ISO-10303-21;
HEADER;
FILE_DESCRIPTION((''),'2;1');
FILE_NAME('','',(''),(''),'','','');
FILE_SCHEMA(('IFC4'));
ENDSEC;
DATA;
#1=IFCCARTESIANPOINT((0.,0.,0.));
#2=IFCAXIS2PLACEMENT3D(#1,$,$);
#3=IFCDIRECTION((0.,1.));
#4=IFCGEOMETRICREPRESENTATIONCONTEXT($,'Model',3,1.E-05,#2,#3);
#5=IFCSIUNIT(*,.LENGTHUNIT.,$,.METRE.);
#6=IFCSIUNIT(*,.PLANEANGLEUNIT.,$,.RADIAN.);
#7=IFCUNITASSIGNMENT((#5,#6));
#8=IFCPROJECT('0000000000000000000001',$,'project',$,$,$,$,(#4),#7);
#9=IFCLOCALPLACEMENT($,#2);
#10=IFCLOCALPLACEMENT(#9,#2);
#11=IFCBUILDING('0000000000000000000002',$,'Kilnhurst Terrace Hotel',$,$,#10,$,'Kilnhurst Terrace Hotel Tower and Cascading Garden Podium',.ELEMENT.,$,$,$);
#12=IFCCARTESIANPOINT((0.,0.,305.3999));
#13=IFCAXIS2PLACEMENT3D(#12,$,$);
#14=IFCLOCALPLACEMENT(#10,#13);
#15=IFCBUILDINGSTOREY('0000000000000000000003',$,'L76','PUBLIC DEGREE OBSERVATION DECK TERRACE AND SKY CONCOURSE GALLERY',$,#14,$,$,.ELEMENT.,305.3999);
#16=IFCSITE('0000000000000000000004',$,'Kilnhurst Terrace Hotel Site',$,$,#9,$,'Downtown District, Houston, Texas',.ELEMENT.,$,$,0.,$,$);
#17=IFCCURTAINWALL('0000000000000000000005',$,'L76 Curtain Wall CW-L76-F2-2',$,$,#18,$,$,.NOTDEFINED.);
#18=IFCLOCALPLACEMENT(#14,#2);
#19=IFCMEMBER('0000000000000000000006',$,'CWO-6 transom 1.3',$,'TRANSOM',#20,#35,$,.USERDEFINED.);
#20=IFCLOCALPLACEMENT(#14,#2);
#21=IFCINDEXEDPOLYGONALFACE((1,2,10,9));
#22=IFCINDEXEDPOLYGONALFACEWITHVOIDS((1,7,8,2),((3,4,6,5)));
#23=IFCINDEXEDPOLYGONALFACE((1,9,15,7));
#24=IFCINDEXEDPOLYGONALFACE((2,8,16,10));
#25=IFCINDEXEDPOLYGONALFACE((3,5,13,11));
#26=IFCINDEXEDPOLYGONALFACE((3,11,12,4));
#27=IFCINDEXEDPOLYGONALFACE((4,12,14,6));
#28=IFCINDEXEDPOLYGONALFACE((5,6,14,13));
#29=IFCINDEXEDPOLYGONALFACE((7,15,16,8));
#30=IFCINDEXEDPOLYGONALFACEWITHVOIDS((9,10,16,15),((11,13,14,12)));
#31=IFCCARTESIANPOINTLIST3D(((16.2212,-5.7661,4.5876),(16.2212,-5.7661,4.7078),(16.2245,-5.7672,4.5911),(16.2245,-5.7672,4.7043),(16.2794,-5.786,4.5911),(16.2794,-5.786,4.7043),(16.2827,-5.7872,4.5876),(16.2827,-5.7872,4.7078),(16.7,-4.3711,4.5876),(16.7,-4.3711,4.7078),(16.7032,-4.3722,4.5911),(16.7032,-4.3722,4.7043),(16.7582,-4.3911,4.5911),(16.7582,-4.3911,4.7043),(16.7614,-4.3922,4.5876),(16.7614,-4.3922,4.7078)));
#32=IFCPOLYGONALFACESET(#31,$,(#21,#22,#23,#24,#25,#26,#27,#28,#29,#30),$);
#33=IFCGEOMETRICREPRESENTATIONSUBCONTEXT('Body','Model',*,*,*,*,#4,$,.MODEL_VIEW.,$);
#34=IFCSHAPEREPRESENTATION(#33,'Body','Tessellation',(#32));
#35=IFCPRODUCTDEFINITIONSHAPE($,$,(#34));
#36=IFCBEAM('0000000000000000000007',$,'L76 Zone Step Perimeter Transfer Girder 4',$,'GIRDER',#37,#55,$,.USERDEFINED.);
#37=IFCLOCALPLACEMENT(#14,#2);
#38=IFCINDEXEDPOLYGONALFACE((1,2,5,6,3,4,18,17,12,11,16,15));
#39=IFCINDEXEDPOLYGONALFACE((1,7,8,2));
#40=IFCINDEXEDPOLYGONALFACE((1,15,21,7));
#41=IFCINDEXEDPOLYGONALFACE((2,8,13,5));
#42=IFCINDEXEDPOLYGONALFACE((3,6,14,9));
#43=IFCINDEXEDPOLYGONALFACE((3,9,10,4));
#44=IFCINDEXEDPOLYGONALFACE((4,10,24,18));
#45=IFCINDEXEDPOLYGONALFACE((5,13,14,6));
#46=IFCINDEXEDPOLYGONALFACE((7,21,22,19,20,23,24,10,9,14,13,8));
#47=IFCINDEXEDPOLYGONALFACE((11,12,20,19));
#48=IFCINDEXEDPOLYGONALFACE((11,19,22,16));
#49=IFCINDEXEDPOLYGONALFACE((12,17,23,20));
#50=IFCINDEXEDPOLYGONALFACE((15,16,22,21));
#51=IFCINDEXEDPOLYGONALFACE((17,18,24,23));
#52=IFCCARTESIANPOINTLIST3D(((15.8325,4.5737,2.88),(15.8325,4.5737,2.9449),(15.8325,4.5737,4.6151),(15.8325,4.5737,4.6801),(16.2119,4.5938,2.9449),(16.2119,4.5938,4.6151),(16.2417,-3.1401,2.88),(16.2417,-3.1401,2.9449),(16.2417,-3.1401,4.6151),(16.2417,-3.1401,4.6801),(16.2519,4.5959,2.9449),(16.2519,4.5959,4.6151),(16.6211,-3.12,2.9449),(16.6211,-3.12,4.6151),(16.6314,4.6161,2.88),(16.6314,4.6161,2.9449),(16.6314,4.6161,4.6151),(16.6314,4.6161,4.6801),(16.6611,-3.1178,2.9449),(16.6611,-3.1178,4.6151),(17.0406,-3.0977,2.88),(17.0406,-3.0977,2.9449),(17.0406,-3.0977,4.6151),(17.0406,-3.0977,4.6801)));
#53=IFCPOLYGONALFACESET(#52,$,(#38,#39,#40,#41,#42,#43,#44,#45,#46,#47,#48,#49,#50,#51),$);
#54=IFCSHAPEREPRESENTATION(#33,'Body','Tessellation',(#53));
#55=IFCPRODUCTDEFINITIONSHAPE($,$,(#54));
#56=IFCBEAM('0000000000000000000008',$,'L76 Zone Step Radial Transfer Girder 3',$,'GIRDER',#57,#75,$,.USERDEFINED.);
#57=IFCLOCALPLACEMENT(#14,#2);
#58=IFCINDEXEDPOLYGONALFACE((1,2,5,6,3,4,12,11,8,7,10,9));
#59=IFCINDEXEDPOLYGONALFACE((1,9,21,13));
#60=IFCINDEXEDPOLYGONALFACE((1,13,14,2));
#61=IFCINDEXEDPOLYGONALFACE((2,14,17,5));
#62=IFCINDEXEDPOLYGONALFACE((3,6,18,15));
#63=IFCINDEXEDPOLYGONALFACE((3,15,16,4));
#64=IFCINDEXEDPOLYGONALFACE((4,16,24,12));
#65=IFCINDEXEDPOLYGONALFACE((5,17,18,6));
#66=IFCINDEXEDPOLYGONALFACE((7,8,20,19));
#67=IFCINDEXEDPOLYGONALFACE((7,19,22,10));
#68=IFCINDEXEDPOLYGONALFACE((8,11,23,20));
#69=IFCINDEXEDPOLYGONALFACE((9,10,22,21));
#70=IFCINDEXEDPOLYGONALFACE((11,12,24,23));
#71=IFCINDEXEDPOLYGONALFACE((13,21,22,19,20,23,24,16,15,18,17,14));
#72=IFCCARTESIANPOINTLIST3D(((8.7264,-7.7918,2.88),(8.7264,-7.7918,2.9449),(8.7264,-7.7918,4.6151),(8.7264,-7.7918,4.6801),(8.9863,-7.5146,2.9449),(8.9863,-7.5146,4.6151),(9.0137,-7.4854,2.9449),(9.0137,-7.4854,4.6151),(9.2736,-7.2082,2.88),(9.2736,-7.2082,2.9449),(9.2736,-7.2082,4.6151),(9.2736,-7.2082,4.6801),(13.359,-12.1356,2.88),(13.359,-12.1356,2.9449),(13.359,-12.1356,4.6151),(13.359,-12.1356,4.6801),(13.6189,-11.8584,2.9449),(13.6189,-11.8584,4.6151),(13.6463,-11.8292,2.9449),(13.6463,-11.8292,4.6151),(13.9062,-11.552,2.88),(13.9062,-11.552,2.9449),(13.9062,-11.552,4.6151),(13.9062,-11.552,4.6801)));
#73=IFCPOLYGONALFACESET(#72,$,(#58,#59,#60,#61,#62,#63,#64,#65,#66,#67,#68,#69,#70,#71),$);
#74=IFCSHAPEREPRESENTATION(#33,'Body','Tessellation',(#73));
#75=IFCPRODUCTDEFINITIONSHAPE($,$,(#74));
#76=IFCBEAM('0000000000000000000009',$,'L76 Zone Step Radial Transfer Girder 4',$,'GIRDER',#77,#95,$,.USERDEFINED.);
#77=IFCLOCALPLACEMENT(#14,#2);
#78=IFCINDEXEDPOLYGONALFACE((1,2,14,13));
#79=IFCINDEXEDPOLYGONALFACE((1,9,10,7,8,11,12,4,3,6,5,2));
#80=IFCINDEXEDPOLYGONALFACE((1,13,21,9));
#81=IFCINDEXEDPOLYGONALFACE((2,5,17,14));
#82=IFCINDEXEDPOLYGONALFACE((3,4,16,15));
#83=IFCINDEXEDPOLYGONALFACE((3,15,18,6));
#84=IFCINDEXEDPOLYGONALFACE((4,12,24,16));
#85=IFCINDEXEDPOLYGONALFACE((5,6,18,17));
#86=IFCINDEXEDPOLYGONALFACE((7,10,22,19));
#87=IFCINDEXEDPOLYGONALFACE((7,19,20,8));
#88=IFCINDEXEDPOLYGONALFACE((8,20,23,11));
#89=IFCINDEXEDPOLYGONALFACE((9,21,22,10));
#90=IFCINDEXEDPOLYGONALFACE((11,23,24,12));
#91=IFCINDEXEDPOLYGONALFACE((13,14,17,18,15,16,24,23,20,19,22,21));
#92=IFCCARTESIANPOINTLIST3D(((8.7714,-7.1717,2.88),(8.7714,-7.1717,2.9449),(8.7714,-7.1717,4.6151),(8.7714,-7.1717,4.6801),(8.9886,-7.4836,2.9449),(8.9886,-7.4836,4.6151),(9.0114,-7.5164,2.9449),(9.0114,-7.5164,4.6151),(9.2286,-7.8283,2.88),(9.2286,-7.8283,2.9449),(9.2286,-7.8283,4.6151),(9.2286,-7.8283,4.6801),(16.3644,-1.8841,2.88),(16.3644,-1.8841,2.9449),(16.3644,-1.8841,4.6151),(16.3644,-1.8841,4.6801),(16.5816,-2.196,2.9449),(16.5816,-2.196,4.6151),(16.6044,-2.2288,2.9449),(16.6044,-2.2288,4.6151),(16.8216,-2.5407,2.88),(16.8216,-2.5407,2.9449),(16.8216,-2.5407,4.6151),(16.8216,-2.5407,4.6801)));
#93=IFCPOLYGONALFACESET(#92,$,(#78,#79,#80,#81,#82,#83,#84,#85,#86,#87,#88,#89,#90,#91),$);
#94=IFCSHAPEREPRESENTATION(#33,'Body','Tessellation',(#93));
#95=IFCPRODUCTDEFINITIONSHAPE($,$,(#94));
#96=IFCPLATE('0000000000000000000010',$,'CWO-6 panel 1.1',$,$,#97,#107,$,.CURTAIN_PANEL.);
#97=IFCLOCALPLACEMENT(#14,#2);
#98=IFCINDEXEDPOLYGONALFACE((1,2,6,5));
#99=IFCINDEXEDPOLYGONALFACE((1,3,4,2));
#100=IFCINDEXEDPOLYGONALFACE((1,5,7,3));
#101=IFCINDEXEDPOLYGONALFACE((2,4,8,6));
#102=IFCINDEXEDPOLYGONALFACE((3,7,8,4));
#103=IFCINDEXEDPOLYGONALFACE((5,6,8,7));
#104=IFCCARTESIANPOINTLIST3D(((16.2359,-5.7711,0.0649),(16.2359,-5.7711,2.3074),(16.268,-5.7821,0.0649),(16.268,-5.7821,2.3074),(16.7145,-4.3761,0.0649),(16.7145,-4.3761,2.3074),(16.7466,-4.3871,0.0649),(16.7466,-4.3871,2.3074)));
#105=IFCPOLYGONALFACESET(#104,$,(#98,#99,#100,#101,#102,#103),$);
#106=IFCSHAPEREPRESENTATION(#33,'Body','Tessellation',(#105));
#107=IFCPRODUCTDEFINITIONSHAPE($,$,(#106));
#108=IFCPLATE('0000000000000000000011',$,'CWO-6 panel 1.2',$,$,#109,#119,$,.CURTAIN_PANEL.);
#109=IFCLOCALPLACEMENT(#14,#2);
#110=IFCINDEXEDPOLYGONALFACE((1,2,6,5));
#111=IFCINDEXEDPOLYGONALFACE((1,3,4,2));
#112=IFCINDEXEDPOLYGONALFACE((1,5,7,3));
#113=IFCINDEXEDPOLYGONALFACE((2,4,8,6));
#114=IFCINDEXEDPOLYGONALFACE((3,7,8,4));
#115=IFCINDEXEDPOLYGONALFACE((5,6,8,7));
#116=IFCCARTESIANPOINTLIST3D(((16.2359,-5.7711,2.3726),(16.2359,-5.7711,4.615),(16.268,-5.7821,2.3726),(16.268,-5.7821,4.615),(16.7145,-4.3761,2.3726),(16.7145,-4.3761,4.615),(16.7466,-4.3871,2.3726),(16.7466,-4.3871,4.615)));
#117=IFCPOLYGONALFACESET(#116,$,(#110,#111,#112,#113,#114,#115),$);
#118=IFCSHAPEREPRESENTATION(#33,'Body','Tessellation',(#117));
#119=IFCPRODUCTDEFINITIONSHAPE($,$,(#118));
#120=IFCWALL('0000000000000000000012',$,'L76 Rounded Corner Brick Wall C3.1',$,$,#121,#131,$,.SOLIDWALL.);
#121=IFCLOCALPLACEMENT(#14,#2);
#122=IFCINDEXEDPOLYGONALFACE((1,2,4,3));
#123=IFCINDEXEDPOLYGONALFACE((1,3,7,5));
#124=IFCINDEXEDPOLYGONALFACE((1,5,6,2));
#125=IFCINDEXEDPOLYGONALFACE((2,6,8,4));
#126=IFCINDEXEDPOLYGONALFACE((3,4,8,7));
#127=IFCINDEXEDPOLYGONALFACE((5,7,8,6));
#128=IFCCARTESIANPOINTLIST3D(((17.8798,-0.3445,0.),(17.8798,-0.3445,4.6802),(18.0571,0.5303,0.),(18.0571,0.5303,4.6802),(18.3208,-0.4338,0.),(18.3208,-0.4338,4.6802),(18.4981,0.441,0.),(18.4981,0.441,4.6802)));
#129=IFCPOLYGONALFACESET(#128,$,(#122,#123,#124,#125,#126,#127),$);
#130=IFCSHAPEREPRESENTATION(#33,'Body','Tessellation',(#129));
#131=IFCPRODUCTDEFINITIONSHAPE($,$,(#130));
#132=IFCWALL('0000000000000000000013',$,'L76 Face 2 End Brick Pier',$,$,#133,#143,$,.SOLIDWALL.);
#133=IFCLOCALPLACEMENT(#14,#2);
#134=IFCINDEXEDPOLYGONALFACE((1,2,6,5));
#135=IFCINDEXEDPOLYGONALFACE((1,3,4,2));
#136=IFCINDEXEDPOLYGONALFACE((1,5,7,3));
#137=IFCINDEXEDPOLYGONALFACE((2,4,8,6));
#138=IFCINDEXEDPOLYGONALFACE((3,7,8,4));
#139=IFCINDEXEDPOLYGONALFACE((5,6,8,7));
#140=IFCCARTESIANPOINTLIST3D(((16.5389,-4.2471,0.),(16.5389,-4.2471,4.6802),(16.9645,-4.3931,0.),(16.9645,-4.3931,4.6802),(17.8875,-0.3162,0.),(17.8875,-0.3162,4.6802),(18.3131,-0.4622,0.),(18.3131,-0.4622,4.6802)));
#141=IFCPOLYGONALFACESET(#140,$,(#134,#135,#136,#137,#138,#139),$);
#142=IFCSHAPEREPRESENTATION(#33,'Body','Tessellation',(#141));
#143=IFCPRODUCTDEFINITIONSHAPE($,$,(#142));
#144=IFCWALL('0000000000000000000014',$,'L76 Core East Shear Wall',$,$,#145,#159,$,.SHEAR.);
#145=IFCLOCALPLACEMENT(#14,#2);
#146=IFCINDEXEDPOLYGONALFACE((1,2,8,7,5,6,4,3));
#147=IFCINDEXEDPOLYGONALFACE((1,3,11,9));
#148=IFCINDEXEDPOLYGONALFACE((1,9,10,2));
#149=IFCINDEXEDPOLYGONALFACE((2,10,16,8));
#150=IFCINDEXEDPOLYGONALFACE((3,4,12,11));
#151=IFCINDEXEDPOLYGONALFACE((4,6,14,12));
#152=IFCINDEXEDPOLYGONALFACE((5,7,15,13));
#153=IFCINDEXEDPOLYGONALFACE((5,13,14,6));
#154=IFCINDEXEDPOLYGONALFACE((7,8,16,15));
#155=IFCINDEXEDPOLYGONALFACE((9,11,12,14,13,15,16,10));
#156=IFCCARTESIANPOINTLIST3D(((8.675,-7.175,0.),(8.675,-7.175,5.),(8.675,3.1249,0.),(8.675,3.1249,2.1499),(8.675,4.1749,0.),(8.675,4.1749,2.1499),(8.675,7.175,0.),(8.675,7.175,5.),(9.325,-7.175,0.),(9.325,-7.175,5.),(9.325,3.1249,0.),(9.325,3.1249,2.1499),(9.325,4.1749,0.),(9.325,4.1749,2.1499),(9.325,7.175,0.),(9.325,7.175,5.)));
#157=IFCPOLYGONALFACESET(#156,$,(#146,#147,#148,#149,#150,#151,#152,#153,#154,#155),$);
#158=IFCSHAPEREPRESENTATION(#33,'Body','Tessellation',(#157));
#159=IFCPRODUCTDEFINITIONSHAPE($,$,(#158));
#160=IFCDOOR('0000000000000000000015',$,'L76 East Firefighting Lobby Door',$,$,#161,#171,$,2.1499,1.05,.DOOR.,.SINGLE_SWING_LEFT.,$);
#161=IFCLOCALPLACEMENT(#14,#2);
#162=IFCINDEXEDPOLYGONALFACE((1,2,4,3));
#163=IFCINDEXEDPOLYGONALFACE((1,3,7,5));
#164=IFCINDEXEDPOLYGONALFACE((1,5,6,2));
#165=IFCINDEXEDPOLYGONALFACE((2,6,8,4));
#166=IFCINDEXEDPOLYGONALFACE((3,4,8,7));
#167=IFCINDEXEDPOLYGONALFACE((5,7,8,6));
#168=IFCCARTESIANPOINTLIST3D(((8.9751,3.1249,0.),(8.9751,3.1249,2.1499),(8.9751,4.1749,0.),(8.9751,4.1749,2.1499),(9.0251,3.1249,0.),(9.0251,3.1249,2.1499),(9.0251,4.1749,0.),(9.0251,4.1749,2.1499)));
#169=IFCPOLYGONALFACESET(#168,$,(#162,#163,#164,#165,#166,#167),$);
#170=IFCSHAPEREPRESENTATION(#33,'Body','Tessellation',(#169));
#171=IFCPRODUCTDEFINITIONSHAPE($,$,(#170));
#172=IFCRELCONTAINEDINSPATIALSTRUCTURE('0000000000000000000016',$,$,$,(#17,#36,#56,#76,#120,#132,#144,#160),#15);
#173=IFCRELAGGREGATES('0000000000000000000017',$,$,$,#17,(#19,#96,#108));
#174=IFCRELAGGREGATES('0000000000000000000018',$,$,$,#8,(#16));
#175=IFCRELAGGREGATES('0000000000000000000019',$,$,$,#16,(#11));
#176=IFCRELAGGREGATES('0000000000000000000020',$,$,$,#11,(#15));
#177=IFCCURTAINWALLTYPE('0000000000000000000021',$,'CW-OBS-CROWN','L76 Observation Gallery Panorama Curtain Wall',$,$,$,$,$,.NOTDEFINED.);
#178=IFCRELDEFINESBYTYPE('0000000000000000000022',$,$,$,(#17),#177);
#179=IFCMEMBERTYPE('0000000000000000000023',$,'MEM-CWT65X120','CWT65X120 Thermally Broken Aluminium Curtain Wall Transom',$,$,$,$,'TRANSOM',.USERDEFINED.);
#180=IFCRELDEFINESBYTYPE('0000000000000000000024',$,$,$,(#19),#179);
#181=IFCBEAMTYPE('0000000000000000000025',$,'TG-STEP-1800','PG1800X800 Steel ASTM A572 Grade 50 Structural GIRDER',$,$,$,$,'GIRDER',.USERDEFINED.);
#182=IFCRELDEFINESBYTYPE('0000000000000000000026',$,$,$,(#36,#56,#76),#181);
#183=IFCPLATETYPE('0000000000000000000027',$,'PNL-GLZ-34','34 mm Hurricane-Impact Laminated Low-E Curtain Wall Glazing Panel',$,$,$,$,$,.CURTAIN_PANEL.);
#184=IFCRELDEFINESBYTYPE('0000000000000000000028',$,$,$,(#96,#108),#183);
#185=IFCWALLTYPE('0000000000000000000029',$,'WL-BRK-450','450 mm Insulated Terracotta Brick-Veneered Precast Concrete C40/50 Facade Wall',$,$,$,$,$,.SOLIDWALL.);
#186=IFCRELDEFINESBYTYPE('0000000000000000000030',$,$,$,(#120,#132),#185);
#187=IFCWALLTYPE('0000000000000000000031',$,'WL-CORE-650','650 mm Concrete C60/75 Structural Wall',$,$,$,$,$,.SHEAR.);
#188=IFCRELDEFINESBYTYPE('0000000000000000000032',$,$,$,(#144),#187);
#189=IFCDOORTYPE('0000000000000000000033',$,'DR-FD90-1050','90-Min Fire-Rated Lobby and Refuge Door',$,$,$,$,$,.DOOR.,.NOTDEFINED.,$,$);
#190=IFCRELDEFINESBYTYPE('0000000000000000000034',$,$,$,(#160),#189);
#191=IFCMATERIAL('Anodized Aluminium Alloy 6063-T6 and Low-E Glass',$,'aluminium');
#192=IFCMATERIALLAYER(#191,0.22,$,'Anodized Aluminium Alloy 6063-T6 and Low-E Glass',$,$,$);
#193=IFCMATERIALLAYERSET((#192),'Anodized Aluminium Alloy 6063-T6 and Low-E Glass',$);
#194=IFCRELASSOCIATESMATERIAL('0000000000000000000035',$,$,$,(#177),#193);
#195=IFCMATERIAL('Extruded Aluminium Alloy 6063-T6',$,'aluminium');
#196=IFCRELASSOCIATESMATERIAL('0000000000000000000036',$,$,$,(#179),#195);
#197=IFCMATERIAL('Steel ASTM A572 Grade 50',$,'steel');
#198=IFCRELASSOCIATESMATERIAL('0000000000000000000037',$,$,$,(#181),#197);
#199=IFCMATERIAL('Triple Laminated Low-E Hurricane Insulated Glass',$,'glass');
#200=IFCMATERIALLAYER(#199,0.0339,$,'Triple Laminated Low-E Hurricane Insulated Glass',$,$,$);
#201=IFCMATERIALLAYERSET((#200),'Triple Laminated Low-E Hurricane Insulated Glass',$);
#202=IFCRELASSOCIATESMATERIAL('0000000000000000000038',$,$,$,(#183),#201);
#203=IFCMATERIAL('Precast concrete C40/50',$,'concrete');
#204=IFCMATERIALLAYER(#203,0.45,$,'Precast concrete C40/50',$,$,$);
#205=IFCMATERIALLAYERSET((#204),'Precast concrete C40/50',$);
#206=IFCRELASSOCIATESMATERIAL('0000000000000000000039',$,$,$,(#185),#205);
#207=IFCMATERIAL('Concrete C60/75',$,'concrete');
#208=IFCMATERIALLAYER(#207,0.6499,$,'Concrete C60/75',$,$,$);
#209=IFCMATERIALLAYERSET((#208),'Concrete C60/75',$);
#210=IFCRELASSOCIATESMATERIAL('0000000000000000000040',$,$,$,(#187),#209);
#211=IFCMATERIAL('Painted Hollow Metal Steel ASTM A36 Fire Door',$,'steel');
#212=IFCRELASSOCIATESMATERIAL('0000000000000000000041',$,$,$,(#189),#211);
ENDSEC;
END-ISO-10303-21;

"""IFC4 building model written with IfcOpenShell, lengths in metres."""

from ifc_helpers import new_model, si_unit, direction, frame, frame_2d, origin, origin_2d, place, context, subcontext, project, spatial, rectangle, hollow_rectangle, i_section, extrude, material, layer, layer_set, material_profile, profile_set, type_object, element, fill, aggregate, save


model = new_model("IFC4")

# Units and contexts
model_context = context("Model", 3, precision=1e-05, world=origin(), true_north=direction((0.0, 1.0)))
body_context = subcontext(model_context, "Body", "Model", "MODEL_VIEW")
ifc_project = project(units=[si_unit("LENGTHUNIT", "METRE"), si_unit("PLANEANGLEUNIT", "RADIAN")], contexts=[model_context])

# Site, building, storey
site_placement = place(None, origin())
site = spatial("IfcSite", under=ifc_project, at=site_placement, Name="Kilnhurst Terrace Hotel Site", LongName="Downtown District, Houston, Texas", CompositionType="ELEMENT", RefElevation=0.0)
building_placement = place(site_placement, origin())
building = spatial("IfcBuilding", under=site, at=building_placement, Name="Kilnhurst Terrace Hotel", LongName="Kilnhurst Terrace Hotel Tower and Cascading Garden Podium", CompositionType="ELEMENT")
storey_placement = place(building_placement, frame((0.0, 0.0, 305.3999)))
storey = spatial("IfcBuildingStorey", under=building, at=storey_placement, Name="L76", Description="PUBLIC DEGREE OBSERVATION DECK TERRACE AND SKY CONCOURSE GALLERY", CompositionType="ELEMENT", Elevation=305.3999)

# Shared definitions
ifc_material_1 = material(Name="Concrete C60/75", Category="concrete")

# Curtain wall, member
ifc_material_2 = material(Name="Anodized Aluminium Alloy 6063-T6 and Low-E Glass", Category="aluminium")
ifc_layer_1 = layer(ifc_material_2, 0.22, Name="Anodized Aluminium Alloy 6063-T6 and Low-E Glass")
ifc_layer_set_1 = layer_set([ifc_layer_1], Name="Anodized Aluminium Alloy 6063-T6 and Low-E Glass")
curtain_wall_type = type_object("IfcCurtainWallType", Name="CW-OBS-CROWN", Description="L76 Observation Gallery Panorama Curtain Wall", PredefinedType="NOTDEFINED", material=ifc_layer_set_1)
curtain_wall_placement = place(storey_placement, origin())
curtain_wall = element("IfcCurtainWall", 1, at=curtain_wall_placement, inside=storey, type_object=curtain_wall_type, Name="L76 Curtain Wall CW-L76-F2-2", PredefinedType="NOTDEFINED")
ifc_material_3 = material(Name="Extruded Aluminium Alloy 6063-T6", Category="aluminium")
ifc_material_profile_1 = material_profile(ifc_material_3, hollow_rectangle(XDim=0.0649, YDim=0.1201, WallThickness=0.0034, at=origin_2d()), Name="CWT65X120")
ifc_profile_set_1 = profile_set([ifc_material_profile_1], Name="Extruded Aluminium Alloy 6063-T6")
member_type_1 = type_object("IfcMemberType", Name="MEM-CWT65X120", Description="CWT65X120 Thermally Broken Aluminium Curtain Wall Transom", ElementType="TRANSOM", PredefinedType="USERDEFINED", material=ifc_profile_set_1)
member_1_placement = place(storey_placement, frame((16.252, -5.7766, 4.6477), z_axis=(0.324608, 0.945849, 0.0), x_axis=(-0.945849, 0.324608, 0.0)))
member_1 = element("IfcMember", 2, at=member_1_placement, type_object=member_type_1, Name="CWO-6 transom 1.3", ObjectType="TRANSOM", PredefinedType="USERDEFINED", context=body_context, shape_type="SweptSolid", body=[
    extrude(hollow_rectangle(XDim=0.0649, YDim=0.1201, WallThickness=0.0034, at=origin_2d()), origin(), (0.0, 0.0, 1.0), 1.4749),
])

# Beams
ifc_material_4 = material(Name="Steel ASTM A572 Grade 50", Category="steel")
ifc_material_profile_2 = material_profile(ifc_material_4, i_section(OverallWidth=0.8, OverallDepth=1.8, WebThickness=0.04, FlangeThickness=0.0649, at=origin_2d()), Name="PG1800X800")
ifc_profile_set_2 = profile_set([ifc_material_profile_2], Name="Steel ASTM A572 Grade 50")
beam_type_1 = type_object("IfcBeamType", Name="TG-STEP-1800", Description="PG1800X800 Steel ASTM A572 Grade 50 Structural GIRDER", ElementType="GIRDER", PredefinedType="USERDEFINED", material=ifc_profile_set_2)
beam_1_placement = place(storey_placement, frame((16.6411, -3.1189, 3.78), z_axis=(-0.05297, 0.998596, 0.0), x_axis=(-0.998596, -0.05297, 0.0)))
element("IfcBeam", 3, at=beam_1_placement, inside=storey, type_object=beam_type_1, Name="L76 Zone Step Perimeter Transfer Girder 4", ObjectType="GIRDER", PredefinedType="USERDEFINED", context=body_context, shape_type="SweptSolid", body=[
    extrude(i_section(OverallWidth=0.8, OverallDepth=1.8, WebThickness=0.04, FlangeThickness=0.0649, at=origin_2d()), origin(), (0.0, 0.0, 1.0), 7.7246),
])
beam_2_placement = place(storey_placement, frame((9.0, -7.5, 3.78), z_axis=(0.729481, -0.684001, 0.0), x_axis=(0.684001, 0.729481, 0.0)))
element("IfcBeam", 4, at=beam_2_placement, inside=storey, type_object=beam_type_1, Name="L76 Zone Step Radial Transfer Girder 3", ObjectType="GIRDER", PredefinedType="USERDEFINED", context=body_context, shape_type="SweptSolid", body=[
    extrude(i_section(OverallWidth=0.8, OverallDepth=1.8, WebThickness=0.04, FlangeThickness=0.0649, at=origin_2d()), origin(), (0.0, 0.0, 1.0), 6.3506),
])
beam_3_placement = place(storey_placement, frame((9.0, -7.5, 3.78), z_axis=(0.820627, 0.571465, 0.0), x_axis=(-0.571465, 0.820627, 0.0)))
element("IfcBeam", 5, at=beam_3_placement, inside=storey, type_object=beam_type_1, Name="L76 Zone Step Radial Transfer Girder 4", ObjectType="GIRDER", PredefinedType="USERDEFINED", context=body_context, shape_type="SweptSolid", body=[
    extrude(i_section(OverallWidth=0.8, OverallDepth=1.8, WebThickness=0.04, FlangeThickness=0.0649, at=origin_2d()), origin(), (0.0, 0.0, 1.0), 9.2527),
])

# Plates
ifc_material_5 = material(Name="Triple Laminated Low-E Hurricane Insulated Glass", Category="glass")
ifc_layer_2 = layer(ifc_material_5, 0.0339, Name="Triple Laminated Low-E Hurricane Insulated Glass")
ifc_layer_set_2 = layer_set([ifc_layer_2], Name="Triple Laminated Low-E Hurricane Insulated Glass")
plate_type = type_object("IfcPlateType", Name="PNL-GLZ-34", Description="34 mm Hurricane-Impact Laminated Low-E Curtain Wall Glazing Panel", PredefinedType="CURTAIN_PANEL", material=ifc_layer_set_2)
plate_1_placement = place(storey_placement, frame((16.4912, -5.0791, 0.0649), z_axis=(0.0, 0.0, 1.0), x_axis=(0.324496, 0.945887, 0.0)))
plate_1 = element("IfcPlate", 6, at=plate_1_placement, type_object=plate_type, Name="CWO-6 panel 1.1", PredefinedType="CURTAIN_PANEL", context=body_context, shape_type="SweptSolid", body=[
    extrude(rectangle(XDim=1.4749, YDim=0.0339, at=origin_2d()), origin(), (0.0, 0.0, 1.0), 2.2424),
])
plate_2_placement = place(storey_placement, frame((16.4912, -5.0791, 2.3726), z_axis=(0.0, 0.0, 1.0), x_axis=(0.324496, 0.945887, 0.0)))
plate_2 = element("IfcPlate", 7, at=plate_2_placement, type_object=plate_type, Name="CWO-6 panel 1.2", PredefinedType="CURTAIN_PANEL", context=body_context, shape_type="SweptSolid", body=[
    extrude(rectangle(XDim=1.4749, YDim=0.0339, at=origin_2d()), origin(), (0.0, 0.0, 1.0), 2.2424),
])
aggregate(curtain_wall, [member_1, plate_1, plate_2])

# Walls
ifc_material_6 = material(Name="Precast concrete C40/50", Category="concrete")
ifc_layer_3 = layer(ifc_material_6, 0.45, Name="Precast concrete C40/50")
ifc_layer_set_3 = layer_set([ifc_layer_3], Name="Precast concrete C40/50")
wall_type_1 = type_object("IfcWallType", Name="WL-BRK-450", Description="450 mm Insulated Terracotta Brick-Veneered Precast Concrete C40/50 Facade Wall", PredefinedType="SOLIDWALL", material=ifc_layer_set_3)
wall_1_placement = place(storey_placement, frame((18.1003, -0.3892, 0.0), z_axis=(0.0, 0.0, 1.0), x_axis=(0.198588, 0.980083, 0.0)))
element("IfcWall", 8, at=wall_1_placement, inside=storey, type_object=wall_type_1, Name="L76 Rounded Corner Brick Wall C3.1", PredefinedType="SOLIDWALL", context=body_context, shape_type="SweptSolid", body=[
    extrude(rectangle(XDim=0.8926, YDim=0.45, at=frame_2d((0.4463, 0.0))), origin(), (0.0, 0.0, 1.0), 4.6802),
])
wall_2_placement = place(storey_placement, frame((16.7517, -4.3201, 0.0), z_axis=(0.0, 0.0, 1.0), x_axis=(0.324517, 0.94588, 0.0)))
element("IfcWall", 9, at=wall_2_placement, inside=storey, type_object=wall_type_1, Name="L76 Face 2 End Brick Pier", PredefinedType="SOLIDWALL", context=body_context, shape_type="SweptSolid", body=[
    extrude(rectangle(XDim=4.1558, YDim=0.45, at=frame_2d((2.0779, 0.0))), origin(), (0.0, 0.0, 1.0), 4.6802),
])

# Wall, opening, door
ifc_layer_4 = layer(ifc_material_1, 0.6499, Name="Concrete C60/75")
ifc_layer_set_4 = layer_set([ifc_layer_4], Name="Concrete C60/75")
wall_type_2 = type_object("IfcWallType", Name="WL-CORE-650", Description="650 mm Concrete C60/75 Structural Wall", PredefinedType="SHEAR", material=ifc_layer_set_4)
wall_3_placement = place(storey_placement, frame((9.0, -7.175, 0.0), z_axis=(0.0, 0.0, 1.0), x_axis=(0.0, 1.0, 0.0)))
wall_3 = element("IfcWall", 10, at=wall_3_placement, inside=storey, type_object=wall_type_2, Name="L76 Core East Shear Wall", PredefinedType="SHEAR", context=body_context, shape_type="SweptSolid", body=[
    extrude(rectangle(XDim=14.3501, YDim=0.6499, at=frame_2d((7.175, 0.0))), origin(), (0.0, 0.0, 1.0), 5.0),
])
opening_placement = place(wall_3_placement, frame((10.3, 0.0, 0.0)))
opening = element("IfcOpeningElement", 11, at=opening_placement, cuts=wall_3, PredefinedType="OPENING", context=body_context, shape_type="SweptSolid", body=[
    extrude(rectangle(XDim=1.05, YDim=2.1499, at=frame_2d((0.5249, 1.075))), frame((0.0, 0.335, 0.0), z_axis=(0.0, -1.0, 0.0), x_axis=(1.0, 0.0, 0.0)), (0.0, 0.0, 1.0), 0.6699),
])
ifc_material_7 = material(Name="Painted Hollow Metal Steel ASTM A36 Fire Door", Category="steel")
door_type = type_object("IfcDoorType", Name="DR-FD90-1050", Description="90-Min Fire-Rated Lobby and Refuge Door", OperationType="NOTDEFINED", PredefinedType="DOOR", material=ifc_material_7)
door_placement = place(opening_placement, origin())
door = element("IfcDoor", 12, at=door_placement, inside=storey, type_object=door_type, Name="L76 East Firefighting Lobby Door", OperationType="SINGLE_SWING_LEFT", OverallHeight=2.1499, OverallWidth=1.05, PredefinedType="DOOR", context=body_context, shape_type="SweptSolid", body=[
    extrude(rectangle(XDim=1.05, YDim=2.1499, at=frame_2d((0.5249, 1.075))), frame((0.0, 0.0249, 0.0), z_axis=(0.0, -1.0, 0.0), x_axis=(1.0, 0.0, 0.0)), (0.0, 0.0, 1.0), 0.05),
])
fill(opening, door)

save(model, "model.ifc")
